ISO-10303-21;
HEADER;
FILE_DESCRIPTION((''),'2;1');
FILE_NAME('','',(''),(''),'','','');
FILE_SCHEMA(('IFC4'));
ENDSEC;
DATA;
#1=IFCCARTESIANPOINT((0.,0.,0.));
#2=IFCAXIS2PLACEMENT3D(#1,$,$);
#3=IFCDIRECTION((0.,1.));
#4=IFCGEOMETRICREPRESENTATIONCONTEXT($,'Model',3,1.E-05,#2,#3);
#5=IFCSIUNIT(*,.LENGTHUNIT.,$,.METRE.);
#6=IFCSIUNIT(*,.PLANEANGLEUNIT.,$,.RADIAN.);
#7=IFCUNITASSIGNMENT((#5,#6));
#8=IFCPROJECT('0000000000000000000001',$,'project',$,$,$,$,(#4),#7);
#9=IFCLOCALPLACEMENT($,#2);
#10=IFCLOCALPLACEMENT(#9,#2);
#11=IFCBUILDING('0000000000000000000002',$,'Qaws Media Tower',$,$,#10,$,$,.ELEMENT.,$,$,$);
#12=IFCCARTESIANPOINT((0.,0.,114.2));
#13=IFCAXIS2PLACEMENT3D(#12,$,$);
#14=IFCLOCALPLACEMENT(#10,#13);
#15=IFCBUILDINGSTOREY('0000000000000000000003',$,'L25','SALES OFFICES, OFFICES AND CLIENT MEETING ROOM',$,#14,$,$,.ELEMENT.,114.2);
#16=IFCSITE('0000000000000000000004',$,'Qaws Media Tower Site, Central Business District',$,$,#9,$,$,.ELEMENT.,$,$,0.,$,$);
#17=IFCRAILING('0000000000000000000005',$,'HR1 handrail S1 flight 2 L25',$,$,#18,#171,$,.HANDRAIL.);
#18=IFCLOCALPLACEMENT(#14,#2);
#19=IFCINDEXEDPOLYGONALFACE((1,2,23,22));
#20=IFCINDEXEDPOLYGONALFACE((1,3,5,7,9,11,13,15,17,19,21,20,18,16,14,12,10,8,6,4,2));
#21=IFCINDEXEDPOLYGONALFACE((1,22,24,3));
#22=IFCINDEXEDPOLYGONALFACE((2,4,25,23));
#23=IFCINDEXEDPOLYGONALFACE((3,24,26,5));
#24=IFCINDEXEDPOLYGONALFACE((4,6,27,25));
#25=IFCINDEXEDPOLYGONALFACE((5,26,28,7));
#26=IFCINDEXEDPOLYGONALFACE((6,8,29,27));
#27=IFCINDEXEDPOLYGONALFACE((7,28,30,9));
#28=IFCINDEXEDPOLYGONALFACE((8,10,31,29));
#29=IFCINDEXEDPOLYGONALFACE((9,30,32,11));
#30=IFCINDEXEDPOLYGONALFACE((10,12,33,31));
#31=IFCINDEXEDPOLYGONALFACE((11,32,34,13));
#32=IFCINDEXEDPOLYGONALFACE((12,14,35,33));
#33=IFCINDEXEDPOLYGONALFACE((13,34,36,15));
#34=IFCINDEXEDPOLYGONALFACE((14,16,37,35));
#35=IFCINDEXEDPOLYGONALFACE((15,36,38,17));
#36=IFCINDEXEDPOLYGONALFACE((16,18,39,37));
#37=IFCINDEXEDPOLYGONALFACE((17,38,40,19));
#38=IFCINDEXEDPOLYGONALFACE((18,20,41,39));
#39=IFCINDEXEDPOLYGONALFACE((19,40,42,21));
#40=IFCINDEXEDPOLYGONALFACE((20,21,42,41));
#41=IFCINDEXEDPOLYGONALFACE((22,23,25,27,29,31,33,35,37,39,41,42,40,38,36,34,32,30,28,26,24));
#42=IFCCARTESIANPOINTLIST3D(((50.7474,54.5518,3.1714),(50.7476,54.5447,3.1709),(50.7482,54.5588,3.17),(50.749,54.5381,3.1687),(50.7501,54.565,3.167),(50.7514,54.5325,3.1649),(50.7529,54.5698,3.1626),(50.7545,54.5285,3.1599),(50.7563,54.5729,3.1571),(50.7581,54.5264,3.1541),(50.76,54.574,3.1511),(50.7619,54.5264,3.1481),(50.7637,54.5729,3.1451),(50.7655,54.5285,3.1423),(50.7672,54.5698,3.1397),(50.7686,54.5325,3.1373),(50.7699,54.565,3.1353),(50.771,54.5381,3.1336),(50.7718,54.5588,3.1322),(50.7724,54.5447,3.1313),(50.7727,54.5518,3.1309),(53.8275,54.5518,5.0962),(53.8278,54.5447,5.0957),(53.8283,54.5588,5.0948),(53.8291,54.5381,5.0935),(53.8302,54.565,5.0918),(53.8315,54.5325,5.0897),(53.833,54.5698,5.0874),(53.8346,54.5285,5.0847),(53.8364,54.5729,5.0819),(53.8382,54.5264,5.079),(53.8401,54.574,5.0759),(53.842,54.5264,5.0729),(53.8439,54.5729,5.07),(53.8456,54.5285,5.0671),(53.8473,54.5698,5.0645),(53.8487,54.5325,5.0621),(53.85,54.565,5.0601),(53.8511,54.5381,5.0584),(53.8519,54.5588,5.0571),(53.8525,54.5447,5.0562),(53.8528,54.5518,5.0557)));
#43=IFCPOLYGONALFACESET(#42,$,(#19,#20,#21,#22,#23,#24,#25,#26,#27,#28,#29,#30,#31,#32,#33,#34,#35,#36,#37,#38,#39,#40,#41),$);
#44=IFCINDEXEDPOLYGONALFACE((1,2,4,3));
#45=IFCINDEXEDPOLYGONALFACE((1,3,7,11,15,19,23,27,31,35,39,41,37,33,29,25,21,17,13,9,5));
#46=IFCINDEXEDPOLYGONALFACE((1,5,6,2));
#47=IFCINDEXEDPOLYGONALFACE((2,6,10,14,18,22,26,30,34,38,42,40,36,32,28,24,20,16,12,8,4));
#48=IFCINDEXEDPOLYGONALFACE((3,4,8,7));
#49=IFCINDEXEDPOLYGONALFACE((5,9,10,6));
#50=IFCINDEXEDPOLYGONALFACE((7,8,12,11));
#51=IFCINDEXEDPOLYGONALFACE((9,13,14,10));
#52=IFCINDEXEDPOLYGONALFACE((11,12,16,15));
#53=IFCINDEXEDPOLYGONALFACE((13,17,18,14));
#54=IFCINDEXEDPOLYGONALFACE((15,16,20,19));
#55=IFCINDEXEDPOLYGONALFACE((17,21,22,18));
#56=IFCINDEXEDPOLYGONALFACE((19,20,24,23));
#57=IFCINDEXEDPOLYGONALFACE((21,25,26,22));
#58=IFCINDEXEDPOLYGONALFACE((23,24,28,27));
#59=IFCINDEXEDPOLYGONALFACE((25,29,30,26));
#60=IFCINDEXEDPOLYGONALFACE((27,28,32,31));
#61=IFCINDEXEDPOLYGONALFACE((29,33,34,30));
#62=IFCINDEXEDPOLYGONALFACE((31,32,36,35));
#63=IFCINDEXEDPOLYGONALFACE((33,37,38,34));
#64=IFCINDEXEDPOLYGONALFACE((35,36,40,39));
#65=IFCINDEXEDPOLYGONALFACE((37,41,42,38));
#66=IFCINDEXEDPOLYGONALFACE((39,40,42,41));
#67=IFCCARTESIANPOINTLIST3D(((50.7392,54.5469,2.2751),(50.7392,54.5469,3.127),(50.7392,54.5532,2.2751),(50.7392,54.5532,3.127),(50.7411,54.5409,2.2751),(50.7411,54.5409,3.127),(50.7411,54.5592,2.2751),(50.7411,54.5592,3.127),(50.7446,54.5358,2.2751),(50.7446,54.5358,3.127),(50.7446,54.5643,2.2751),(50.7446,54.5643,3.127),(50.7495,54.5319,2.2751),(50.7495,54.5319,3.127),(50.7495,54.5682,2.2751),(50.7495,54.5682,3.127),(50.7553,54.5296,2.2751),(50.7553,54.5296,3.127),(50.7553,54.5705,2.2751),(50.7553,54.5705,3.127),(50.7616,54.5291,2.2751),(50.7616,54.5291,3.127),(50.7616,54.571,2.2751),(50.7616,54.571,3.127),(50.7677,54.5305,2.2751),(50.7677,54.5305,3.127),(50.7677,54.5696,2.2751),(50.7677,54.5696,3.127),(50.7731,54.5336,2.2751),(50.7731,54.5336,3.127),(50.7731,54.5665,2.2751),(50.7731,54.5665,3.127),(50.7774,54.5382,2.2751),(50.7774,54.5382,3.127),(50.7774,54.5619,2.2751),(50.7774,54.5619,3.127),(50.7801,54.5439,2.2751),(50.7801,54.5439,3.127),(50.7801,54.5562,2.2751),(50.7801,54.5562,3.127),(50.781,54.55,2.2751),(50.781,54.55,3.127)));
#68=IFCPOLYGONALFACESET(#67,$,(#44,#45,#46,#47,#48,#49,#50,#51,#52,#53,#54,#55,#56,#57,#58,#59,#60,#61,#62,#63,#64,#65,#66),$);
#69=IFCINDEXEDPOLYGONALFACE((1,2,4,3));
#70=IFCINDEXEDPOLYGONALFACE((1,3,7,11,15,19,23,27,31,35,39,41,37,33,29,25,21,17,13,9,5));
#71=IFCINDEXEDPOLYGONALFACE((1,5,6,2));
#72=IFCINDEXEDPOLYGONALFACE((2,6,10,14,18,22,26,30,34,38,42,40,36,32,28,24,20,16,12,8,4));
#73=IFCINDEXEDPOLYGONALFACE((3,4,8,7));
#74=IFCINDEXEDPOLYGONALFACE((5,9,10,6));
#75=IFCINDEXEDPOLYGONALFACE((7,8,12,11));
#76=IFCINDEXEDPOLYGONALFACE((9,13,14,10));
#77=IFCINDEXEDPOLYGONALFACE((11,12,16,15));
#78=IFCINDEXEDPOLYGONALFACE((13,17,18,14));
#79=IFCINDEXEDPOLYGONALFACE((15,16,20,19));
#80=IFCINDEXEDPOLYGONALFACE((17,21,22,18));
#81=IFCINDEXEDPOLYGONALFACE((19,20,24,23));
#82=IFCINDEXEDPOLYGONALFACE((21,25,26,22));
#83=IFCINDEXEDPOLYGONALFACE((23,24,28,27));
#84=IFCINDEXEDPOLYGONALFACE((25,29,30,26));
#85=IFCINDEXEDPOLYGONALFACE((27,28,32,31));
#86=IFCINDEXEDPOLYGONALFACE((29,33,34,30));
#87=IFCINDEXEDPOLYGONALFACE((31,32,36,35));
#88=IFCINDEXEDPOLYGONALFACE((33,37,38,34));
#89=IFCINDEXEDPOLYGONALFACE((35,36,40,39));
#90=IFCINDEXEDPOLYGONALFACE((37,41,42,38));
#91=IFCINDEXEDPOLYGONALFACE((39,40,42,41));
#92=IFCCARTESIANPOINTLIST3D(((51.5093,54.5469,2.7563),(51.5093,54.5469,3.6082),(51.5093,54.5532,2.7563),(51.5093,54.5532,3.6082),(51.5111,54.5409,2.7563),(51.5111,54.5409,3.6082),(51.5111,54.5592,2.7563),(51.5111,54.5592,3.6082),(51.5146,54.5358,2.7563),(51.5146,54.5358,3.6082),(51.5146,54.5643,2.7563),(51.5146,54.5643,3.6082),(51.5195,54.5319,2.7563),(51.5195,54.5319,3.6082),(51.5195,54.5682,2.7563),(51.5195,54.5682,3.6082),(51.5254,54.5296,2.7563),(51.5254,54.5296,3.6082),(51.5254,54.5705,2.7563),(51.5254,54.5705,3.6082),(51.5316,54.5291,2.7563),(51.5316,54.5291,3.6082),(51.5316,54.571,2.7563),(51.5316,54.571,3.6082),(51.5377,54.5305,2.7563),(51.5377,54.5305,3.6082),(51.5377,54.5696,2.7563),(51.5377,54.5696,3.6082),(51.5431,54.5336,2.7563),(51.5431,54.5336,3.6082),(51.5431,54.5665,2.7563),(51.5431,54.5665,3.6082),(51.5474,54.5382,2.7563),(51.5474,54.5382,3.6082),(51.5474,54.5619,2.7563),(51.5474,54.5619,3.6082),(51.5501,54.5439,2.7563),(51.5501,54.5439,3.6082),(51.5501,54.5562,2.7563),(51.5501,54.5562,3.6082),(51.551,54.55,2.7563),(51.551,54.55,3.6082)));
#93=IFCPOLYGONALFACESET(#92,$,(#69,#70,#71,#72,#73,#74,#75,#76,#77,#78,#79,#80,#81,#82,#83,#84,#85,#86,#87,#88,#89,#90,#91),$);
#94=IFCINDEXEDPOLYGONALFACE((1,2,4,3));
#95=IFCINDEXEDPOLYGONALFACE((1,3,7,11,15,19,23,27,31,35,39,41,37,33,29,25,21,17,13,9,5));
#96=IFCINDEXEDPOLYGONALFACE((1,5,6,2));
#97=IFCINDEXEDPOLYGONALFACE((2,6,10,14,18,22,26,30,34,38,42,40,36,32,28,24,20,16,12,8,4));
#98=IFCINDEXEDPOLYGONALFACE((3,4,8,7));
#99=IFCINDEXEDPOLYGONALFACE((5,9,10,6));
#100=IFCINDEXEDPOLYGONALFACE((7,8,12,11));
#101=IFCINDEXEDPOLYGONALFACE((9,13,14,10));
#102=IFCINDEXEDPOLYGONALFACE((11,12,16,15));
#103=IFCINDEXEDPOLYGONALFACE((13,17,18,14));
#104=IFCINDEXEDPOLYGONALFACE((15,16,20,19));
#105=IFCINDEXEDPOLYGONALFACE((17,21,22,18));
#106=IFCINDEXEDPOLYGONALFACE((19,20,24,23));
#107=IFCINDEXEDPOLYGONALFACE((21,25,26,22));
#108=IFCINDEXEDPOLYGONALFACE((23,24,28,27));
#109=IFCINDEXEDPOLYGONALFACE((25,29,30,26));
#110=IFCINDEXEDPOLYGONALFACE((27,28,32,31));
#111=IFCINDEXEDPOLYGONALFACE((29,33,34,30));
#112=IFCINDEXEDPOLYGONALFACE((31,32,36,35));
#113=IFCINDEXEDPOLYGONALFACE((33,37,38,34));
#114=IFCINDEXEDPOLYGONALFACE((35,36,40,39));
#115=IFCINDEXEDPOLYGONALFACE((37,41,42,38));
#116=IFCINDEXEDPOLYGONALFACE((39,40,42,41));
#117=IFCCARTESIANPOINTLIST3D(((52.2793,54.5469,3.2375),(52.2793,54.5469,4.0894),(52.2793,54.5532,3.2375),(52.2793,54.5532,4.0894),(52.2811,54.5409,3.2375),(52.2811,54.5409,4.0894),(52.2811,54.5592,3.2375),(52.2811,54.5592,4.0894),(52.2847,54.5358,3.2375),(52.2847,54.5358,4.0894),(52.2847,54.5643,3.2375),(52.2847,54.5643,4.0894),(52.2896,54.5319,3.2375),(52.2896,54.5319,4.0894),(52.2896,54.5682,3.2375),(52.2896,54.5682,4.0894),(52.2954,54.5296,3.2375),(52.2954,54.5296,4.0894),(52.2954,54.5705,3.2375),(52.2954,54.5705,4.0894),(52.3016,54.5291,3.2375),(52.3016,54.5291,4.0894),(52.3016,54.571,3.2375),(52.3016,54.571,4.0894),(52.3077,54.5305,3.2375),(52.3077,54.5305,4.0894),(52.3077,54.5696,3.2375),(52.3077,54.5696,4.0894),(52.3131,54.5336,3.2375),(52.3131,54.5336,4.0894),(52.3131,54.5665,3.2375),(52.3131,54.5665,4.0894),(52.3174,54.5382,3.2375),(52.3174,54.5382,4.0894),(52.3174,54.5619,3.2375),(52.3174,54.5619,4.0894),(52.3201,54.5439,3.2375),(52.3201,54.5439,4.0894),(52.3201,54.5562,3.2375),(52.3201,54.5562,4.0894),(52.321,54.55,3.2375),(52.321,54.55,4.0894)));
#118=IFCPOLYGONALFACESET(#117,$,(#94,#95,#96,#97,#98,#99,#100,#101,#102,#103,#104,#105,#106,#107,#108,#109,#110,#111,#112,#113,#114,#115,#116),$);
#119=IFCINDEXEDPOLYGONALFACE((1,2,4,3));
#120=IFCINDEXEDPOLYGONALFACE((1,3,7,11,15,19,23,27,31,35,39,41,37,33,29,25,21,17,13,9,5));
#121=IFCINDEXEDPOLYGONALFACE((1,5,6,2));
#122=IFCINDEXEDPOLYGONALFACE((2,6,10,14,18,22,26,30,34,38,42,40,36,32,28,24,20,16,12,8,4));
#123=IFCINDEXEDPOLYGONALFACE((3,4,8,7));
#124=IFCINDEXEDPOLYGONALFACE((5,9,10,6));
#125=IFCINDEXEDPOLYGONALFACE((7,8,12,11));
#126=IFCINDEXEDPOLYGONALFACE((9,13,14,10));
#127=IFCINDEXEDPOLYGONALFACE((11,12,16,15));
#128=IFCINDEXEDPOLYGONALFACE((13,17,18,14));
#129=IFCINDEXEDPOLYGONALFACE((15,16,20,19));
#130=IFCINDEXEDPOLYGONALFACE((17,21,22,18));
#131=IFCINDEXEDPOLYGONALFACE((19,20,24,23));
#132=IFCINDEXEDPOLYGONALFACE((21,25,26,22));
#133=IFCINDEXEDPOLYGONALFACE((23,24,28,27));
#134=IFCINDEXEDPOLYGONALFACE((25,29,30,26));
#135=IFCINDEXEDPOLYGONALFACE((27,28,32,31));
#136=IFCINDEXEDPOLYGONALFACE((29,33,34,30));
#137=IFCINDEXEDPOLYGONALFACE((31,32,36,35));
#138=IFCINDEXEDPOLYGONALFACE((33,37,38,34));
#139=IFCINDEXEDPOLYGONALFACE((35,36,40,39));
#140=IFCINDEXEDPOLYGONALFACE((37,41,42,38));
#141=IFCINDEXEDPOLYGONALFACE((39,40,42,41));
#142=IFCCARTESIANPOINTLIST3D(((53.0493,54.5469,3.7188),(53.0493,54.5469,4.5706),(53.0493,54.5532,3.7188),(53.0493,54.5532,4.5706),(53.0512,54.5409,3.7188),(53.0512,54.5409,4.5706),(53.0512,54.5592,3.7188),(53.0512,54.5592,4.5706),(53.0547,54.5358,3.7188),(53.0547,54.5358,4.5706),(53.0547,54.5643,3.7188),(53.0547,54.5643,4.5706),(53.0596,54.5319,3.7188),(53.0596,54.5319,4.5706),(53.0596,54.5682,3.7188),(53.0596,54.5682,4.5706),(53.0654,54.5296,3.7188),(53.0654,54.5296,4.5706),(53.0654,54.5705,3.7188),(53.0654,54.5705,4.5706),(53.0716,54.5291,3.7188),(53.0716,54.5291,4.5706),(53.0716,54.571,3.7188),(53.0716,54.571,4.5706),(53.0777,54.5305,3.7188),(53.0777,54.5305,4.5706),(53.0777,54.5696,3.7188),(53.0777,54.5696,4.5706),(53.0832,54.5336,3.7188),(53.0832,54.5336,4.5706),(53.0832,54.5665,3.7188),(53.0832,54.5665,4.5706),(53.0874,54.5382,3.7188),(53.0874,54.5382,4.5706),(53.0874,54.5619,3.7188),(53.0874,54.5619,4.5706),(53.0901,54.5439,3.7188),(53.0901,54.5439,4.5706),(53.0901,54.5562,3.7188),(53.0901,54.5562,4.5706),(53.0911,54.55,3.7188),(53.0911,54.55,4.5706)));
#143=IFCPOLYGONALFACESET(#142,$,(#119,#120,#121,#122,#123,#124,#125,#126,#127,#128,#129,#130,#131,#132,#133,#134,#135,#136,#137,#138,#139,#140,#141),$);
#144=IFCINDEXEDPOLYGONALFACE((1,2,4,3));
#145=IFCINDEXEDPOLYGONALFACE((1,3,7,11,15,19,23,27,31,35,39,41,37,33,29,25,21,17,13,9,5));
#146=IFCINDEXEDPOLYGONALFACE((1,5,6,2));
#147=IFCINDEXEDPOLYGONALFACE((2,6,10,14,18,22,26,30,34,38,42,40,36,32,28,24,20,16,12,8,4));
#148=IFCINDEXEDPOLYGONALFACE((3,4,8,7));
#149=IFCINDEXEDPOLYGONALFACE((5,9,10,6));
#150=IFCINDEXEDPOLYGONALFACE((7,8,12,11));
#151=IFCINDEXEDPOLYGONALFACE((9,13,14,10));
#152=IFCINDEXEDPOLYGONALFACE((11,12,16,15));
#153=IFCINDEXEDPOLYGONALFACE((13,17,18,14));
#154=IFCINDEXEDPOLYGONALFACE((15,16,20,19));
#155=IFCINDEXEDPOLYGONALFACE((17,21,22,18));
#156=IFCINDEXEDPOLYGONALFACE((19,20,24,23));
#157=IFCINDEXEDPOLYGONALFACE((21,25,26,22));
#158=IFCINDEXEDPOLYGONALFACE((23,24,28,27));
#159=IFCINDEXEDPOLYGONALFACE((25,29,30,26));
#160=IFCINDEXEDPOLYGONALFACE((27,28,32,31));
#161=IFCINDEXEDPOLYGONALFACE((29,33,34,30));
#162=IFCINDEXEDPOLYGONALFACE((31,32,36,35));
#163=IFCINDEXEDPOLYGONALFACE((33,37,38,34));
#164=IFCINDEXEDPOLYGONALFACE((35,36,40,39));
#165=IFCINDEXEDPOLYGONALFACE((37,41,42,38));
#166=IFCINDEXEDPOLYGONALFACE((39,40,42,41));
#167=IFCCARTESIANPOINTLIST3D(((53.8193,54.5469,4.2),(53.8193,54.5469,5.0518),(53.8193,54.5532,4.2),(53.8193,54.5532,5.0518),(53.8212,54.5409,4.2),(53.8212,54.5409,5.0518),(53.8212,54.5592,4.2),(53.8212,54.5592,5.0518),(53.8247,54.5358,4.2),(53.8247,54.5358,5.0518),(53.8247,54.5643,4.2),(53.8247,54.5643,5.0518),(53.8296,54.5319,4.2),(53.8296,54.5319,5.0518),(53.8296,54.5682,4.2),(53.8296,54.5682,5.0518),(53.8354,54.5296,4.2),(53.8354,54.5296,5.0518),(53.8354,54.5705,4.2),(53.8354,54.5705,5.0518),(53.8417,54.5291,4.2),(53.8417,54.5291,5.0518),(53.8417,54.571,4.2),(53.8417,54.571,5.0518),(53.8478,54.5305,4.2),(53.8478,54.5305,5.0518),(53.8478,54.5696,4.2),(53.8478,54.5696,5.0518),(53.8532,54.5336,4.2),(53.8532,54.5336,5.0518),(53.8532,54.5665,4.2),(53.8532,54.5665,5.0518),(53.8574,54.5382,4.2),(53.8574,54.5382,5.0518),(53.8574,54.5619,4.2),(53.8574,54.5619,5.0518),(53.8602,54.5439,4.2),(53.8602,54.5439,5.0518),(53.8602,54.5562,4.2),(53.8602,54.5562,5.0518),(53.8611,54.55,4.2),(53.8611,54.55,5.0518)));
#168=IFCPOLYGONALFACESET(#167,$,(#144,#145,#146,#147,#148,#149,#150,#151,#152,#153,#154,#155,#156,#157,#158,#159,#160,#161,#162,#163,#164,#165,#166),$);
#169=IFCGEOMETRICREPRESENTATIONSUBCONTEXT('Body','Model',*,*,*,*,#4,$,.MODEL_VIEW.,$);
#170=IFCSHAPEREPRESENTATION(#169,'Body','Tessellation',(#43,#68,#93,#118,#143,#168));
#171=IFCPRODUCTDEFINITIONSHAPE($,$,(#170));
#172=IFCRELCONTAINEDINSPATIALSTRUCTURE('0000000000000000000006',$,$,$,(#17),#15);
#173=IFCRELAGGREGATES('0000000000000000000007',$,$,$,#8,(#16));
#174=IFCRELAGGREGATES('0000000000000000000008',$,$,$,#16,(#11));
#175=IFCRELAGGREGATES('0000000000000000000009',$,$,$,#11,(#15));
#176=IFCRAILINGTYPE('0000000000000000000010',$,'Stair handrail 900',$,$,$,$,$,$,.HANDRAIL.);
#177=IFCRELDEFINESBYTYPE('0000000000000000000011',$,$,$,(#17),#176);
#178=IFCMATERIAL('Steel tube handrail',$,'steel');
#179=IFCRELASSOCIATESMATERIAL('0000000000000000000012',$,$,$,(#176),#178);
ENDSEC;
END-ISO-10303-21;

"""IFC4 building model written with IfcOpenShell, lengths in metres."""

from ifc_helpers import new_model, si_unit, direction, frame, origin, origin_2d, place, context, subcontext, project, spatial, circle, extrude, material, type_object, element, save


model = new_model("IFC4")

# Units and contexts
model_context = context("Model", 3, precision=1e-05, world=origin(), true_north=direction((0.0, 1.0)))
body_context = subcontext(model_context, "Body", "Model", "MODEL_VIEW")
ifc_project = project(units=[si_unit("LENGTHUNIT", "METRE"), si_unit("PLANEANGLEUNIT", "RADIAN")], contexts=[model_context])

# Site, building, storey
site_placement = place(None, origin())
site = spatial("IfcSite", under=ifc_project, at=site_placement, Name="Qaws Media Tower Site, Central Business District", CompositionType="ELEMENT", RefElevation=0.0)
building_placement = place(site_placement, origin())
building = spatial("IfcBuilding", under=site, at=building_placement, Name="Qaws Media Tower", CompositionType="ELEMENT")
storey_placement = place(building_placement, frame((0.0, 0.0, 114.2)))
storey = spatial("IfcBuildingStorey", under=building, at=storey_placement, Name="L25", Description="SALES OFFICES, OFFICES AND CLIENT MEETING ROOM", CompositionType="ELEMENT", Elevation=114.2)

# Railing
ifc_material_1 = material(Name="Steel tube handrail", Category="steel")
railing_type = type_object("IfcRailingType", Name="Stair handrail 900", PredefinedType="HANDRAIL", material=ifc_material_1)
for number, where, name in (
    (1, (50.76, 54.55, 2.2751), "HR1 handrail S1 flight 2 L25"),
):
    element("IfcRailing", number, at=place(storey_placement, frame(where)), inside=storey, type_object=railing_type, Name=name, PredefinedType="HANDRAIL", context=body_context, shape_type="SweptSolid", body=[
        extrude(circle(Radius=0.0239, at=origin_2d()), frame((0.0, 0.0, 0.876), z_axis=(0.848029, 0.0, 0.529951), x_axis=(0.0, 1.0, 0.0)), (0.0, 0.0, 1.0), 3.6321),
        extrude(circle(Radius=0.021, at=origin_2d()), origin(), (0.0, 0.0, 1.0), 0.8518),
        extrude(circle(Radius=0.021, at=origin_2d()), frame((0.77, 0.0, 0.4812)), (0.0, 0.0, 1.0), 0.8518),
        extrude(circle(Radius=0.021, at=origin_2d()), frame((1.54, 0.0, 0.9624)), (0.0, 0.0, 1.0), 0.8518),
        extrude(circle(Radius=0.021, at=origin_2d()), frame((2.3101, 0.0, 1.4436)), (0.0, 0.0, 1.0), 0.8518),
        extrude(circle(Radius=0.021, at=origin_2d()), frame((3.0801, 0.0, 1.9248)), (0.0, 0.0, 1.0), 0.8518),
    ])

save(model, "model.ifc")
